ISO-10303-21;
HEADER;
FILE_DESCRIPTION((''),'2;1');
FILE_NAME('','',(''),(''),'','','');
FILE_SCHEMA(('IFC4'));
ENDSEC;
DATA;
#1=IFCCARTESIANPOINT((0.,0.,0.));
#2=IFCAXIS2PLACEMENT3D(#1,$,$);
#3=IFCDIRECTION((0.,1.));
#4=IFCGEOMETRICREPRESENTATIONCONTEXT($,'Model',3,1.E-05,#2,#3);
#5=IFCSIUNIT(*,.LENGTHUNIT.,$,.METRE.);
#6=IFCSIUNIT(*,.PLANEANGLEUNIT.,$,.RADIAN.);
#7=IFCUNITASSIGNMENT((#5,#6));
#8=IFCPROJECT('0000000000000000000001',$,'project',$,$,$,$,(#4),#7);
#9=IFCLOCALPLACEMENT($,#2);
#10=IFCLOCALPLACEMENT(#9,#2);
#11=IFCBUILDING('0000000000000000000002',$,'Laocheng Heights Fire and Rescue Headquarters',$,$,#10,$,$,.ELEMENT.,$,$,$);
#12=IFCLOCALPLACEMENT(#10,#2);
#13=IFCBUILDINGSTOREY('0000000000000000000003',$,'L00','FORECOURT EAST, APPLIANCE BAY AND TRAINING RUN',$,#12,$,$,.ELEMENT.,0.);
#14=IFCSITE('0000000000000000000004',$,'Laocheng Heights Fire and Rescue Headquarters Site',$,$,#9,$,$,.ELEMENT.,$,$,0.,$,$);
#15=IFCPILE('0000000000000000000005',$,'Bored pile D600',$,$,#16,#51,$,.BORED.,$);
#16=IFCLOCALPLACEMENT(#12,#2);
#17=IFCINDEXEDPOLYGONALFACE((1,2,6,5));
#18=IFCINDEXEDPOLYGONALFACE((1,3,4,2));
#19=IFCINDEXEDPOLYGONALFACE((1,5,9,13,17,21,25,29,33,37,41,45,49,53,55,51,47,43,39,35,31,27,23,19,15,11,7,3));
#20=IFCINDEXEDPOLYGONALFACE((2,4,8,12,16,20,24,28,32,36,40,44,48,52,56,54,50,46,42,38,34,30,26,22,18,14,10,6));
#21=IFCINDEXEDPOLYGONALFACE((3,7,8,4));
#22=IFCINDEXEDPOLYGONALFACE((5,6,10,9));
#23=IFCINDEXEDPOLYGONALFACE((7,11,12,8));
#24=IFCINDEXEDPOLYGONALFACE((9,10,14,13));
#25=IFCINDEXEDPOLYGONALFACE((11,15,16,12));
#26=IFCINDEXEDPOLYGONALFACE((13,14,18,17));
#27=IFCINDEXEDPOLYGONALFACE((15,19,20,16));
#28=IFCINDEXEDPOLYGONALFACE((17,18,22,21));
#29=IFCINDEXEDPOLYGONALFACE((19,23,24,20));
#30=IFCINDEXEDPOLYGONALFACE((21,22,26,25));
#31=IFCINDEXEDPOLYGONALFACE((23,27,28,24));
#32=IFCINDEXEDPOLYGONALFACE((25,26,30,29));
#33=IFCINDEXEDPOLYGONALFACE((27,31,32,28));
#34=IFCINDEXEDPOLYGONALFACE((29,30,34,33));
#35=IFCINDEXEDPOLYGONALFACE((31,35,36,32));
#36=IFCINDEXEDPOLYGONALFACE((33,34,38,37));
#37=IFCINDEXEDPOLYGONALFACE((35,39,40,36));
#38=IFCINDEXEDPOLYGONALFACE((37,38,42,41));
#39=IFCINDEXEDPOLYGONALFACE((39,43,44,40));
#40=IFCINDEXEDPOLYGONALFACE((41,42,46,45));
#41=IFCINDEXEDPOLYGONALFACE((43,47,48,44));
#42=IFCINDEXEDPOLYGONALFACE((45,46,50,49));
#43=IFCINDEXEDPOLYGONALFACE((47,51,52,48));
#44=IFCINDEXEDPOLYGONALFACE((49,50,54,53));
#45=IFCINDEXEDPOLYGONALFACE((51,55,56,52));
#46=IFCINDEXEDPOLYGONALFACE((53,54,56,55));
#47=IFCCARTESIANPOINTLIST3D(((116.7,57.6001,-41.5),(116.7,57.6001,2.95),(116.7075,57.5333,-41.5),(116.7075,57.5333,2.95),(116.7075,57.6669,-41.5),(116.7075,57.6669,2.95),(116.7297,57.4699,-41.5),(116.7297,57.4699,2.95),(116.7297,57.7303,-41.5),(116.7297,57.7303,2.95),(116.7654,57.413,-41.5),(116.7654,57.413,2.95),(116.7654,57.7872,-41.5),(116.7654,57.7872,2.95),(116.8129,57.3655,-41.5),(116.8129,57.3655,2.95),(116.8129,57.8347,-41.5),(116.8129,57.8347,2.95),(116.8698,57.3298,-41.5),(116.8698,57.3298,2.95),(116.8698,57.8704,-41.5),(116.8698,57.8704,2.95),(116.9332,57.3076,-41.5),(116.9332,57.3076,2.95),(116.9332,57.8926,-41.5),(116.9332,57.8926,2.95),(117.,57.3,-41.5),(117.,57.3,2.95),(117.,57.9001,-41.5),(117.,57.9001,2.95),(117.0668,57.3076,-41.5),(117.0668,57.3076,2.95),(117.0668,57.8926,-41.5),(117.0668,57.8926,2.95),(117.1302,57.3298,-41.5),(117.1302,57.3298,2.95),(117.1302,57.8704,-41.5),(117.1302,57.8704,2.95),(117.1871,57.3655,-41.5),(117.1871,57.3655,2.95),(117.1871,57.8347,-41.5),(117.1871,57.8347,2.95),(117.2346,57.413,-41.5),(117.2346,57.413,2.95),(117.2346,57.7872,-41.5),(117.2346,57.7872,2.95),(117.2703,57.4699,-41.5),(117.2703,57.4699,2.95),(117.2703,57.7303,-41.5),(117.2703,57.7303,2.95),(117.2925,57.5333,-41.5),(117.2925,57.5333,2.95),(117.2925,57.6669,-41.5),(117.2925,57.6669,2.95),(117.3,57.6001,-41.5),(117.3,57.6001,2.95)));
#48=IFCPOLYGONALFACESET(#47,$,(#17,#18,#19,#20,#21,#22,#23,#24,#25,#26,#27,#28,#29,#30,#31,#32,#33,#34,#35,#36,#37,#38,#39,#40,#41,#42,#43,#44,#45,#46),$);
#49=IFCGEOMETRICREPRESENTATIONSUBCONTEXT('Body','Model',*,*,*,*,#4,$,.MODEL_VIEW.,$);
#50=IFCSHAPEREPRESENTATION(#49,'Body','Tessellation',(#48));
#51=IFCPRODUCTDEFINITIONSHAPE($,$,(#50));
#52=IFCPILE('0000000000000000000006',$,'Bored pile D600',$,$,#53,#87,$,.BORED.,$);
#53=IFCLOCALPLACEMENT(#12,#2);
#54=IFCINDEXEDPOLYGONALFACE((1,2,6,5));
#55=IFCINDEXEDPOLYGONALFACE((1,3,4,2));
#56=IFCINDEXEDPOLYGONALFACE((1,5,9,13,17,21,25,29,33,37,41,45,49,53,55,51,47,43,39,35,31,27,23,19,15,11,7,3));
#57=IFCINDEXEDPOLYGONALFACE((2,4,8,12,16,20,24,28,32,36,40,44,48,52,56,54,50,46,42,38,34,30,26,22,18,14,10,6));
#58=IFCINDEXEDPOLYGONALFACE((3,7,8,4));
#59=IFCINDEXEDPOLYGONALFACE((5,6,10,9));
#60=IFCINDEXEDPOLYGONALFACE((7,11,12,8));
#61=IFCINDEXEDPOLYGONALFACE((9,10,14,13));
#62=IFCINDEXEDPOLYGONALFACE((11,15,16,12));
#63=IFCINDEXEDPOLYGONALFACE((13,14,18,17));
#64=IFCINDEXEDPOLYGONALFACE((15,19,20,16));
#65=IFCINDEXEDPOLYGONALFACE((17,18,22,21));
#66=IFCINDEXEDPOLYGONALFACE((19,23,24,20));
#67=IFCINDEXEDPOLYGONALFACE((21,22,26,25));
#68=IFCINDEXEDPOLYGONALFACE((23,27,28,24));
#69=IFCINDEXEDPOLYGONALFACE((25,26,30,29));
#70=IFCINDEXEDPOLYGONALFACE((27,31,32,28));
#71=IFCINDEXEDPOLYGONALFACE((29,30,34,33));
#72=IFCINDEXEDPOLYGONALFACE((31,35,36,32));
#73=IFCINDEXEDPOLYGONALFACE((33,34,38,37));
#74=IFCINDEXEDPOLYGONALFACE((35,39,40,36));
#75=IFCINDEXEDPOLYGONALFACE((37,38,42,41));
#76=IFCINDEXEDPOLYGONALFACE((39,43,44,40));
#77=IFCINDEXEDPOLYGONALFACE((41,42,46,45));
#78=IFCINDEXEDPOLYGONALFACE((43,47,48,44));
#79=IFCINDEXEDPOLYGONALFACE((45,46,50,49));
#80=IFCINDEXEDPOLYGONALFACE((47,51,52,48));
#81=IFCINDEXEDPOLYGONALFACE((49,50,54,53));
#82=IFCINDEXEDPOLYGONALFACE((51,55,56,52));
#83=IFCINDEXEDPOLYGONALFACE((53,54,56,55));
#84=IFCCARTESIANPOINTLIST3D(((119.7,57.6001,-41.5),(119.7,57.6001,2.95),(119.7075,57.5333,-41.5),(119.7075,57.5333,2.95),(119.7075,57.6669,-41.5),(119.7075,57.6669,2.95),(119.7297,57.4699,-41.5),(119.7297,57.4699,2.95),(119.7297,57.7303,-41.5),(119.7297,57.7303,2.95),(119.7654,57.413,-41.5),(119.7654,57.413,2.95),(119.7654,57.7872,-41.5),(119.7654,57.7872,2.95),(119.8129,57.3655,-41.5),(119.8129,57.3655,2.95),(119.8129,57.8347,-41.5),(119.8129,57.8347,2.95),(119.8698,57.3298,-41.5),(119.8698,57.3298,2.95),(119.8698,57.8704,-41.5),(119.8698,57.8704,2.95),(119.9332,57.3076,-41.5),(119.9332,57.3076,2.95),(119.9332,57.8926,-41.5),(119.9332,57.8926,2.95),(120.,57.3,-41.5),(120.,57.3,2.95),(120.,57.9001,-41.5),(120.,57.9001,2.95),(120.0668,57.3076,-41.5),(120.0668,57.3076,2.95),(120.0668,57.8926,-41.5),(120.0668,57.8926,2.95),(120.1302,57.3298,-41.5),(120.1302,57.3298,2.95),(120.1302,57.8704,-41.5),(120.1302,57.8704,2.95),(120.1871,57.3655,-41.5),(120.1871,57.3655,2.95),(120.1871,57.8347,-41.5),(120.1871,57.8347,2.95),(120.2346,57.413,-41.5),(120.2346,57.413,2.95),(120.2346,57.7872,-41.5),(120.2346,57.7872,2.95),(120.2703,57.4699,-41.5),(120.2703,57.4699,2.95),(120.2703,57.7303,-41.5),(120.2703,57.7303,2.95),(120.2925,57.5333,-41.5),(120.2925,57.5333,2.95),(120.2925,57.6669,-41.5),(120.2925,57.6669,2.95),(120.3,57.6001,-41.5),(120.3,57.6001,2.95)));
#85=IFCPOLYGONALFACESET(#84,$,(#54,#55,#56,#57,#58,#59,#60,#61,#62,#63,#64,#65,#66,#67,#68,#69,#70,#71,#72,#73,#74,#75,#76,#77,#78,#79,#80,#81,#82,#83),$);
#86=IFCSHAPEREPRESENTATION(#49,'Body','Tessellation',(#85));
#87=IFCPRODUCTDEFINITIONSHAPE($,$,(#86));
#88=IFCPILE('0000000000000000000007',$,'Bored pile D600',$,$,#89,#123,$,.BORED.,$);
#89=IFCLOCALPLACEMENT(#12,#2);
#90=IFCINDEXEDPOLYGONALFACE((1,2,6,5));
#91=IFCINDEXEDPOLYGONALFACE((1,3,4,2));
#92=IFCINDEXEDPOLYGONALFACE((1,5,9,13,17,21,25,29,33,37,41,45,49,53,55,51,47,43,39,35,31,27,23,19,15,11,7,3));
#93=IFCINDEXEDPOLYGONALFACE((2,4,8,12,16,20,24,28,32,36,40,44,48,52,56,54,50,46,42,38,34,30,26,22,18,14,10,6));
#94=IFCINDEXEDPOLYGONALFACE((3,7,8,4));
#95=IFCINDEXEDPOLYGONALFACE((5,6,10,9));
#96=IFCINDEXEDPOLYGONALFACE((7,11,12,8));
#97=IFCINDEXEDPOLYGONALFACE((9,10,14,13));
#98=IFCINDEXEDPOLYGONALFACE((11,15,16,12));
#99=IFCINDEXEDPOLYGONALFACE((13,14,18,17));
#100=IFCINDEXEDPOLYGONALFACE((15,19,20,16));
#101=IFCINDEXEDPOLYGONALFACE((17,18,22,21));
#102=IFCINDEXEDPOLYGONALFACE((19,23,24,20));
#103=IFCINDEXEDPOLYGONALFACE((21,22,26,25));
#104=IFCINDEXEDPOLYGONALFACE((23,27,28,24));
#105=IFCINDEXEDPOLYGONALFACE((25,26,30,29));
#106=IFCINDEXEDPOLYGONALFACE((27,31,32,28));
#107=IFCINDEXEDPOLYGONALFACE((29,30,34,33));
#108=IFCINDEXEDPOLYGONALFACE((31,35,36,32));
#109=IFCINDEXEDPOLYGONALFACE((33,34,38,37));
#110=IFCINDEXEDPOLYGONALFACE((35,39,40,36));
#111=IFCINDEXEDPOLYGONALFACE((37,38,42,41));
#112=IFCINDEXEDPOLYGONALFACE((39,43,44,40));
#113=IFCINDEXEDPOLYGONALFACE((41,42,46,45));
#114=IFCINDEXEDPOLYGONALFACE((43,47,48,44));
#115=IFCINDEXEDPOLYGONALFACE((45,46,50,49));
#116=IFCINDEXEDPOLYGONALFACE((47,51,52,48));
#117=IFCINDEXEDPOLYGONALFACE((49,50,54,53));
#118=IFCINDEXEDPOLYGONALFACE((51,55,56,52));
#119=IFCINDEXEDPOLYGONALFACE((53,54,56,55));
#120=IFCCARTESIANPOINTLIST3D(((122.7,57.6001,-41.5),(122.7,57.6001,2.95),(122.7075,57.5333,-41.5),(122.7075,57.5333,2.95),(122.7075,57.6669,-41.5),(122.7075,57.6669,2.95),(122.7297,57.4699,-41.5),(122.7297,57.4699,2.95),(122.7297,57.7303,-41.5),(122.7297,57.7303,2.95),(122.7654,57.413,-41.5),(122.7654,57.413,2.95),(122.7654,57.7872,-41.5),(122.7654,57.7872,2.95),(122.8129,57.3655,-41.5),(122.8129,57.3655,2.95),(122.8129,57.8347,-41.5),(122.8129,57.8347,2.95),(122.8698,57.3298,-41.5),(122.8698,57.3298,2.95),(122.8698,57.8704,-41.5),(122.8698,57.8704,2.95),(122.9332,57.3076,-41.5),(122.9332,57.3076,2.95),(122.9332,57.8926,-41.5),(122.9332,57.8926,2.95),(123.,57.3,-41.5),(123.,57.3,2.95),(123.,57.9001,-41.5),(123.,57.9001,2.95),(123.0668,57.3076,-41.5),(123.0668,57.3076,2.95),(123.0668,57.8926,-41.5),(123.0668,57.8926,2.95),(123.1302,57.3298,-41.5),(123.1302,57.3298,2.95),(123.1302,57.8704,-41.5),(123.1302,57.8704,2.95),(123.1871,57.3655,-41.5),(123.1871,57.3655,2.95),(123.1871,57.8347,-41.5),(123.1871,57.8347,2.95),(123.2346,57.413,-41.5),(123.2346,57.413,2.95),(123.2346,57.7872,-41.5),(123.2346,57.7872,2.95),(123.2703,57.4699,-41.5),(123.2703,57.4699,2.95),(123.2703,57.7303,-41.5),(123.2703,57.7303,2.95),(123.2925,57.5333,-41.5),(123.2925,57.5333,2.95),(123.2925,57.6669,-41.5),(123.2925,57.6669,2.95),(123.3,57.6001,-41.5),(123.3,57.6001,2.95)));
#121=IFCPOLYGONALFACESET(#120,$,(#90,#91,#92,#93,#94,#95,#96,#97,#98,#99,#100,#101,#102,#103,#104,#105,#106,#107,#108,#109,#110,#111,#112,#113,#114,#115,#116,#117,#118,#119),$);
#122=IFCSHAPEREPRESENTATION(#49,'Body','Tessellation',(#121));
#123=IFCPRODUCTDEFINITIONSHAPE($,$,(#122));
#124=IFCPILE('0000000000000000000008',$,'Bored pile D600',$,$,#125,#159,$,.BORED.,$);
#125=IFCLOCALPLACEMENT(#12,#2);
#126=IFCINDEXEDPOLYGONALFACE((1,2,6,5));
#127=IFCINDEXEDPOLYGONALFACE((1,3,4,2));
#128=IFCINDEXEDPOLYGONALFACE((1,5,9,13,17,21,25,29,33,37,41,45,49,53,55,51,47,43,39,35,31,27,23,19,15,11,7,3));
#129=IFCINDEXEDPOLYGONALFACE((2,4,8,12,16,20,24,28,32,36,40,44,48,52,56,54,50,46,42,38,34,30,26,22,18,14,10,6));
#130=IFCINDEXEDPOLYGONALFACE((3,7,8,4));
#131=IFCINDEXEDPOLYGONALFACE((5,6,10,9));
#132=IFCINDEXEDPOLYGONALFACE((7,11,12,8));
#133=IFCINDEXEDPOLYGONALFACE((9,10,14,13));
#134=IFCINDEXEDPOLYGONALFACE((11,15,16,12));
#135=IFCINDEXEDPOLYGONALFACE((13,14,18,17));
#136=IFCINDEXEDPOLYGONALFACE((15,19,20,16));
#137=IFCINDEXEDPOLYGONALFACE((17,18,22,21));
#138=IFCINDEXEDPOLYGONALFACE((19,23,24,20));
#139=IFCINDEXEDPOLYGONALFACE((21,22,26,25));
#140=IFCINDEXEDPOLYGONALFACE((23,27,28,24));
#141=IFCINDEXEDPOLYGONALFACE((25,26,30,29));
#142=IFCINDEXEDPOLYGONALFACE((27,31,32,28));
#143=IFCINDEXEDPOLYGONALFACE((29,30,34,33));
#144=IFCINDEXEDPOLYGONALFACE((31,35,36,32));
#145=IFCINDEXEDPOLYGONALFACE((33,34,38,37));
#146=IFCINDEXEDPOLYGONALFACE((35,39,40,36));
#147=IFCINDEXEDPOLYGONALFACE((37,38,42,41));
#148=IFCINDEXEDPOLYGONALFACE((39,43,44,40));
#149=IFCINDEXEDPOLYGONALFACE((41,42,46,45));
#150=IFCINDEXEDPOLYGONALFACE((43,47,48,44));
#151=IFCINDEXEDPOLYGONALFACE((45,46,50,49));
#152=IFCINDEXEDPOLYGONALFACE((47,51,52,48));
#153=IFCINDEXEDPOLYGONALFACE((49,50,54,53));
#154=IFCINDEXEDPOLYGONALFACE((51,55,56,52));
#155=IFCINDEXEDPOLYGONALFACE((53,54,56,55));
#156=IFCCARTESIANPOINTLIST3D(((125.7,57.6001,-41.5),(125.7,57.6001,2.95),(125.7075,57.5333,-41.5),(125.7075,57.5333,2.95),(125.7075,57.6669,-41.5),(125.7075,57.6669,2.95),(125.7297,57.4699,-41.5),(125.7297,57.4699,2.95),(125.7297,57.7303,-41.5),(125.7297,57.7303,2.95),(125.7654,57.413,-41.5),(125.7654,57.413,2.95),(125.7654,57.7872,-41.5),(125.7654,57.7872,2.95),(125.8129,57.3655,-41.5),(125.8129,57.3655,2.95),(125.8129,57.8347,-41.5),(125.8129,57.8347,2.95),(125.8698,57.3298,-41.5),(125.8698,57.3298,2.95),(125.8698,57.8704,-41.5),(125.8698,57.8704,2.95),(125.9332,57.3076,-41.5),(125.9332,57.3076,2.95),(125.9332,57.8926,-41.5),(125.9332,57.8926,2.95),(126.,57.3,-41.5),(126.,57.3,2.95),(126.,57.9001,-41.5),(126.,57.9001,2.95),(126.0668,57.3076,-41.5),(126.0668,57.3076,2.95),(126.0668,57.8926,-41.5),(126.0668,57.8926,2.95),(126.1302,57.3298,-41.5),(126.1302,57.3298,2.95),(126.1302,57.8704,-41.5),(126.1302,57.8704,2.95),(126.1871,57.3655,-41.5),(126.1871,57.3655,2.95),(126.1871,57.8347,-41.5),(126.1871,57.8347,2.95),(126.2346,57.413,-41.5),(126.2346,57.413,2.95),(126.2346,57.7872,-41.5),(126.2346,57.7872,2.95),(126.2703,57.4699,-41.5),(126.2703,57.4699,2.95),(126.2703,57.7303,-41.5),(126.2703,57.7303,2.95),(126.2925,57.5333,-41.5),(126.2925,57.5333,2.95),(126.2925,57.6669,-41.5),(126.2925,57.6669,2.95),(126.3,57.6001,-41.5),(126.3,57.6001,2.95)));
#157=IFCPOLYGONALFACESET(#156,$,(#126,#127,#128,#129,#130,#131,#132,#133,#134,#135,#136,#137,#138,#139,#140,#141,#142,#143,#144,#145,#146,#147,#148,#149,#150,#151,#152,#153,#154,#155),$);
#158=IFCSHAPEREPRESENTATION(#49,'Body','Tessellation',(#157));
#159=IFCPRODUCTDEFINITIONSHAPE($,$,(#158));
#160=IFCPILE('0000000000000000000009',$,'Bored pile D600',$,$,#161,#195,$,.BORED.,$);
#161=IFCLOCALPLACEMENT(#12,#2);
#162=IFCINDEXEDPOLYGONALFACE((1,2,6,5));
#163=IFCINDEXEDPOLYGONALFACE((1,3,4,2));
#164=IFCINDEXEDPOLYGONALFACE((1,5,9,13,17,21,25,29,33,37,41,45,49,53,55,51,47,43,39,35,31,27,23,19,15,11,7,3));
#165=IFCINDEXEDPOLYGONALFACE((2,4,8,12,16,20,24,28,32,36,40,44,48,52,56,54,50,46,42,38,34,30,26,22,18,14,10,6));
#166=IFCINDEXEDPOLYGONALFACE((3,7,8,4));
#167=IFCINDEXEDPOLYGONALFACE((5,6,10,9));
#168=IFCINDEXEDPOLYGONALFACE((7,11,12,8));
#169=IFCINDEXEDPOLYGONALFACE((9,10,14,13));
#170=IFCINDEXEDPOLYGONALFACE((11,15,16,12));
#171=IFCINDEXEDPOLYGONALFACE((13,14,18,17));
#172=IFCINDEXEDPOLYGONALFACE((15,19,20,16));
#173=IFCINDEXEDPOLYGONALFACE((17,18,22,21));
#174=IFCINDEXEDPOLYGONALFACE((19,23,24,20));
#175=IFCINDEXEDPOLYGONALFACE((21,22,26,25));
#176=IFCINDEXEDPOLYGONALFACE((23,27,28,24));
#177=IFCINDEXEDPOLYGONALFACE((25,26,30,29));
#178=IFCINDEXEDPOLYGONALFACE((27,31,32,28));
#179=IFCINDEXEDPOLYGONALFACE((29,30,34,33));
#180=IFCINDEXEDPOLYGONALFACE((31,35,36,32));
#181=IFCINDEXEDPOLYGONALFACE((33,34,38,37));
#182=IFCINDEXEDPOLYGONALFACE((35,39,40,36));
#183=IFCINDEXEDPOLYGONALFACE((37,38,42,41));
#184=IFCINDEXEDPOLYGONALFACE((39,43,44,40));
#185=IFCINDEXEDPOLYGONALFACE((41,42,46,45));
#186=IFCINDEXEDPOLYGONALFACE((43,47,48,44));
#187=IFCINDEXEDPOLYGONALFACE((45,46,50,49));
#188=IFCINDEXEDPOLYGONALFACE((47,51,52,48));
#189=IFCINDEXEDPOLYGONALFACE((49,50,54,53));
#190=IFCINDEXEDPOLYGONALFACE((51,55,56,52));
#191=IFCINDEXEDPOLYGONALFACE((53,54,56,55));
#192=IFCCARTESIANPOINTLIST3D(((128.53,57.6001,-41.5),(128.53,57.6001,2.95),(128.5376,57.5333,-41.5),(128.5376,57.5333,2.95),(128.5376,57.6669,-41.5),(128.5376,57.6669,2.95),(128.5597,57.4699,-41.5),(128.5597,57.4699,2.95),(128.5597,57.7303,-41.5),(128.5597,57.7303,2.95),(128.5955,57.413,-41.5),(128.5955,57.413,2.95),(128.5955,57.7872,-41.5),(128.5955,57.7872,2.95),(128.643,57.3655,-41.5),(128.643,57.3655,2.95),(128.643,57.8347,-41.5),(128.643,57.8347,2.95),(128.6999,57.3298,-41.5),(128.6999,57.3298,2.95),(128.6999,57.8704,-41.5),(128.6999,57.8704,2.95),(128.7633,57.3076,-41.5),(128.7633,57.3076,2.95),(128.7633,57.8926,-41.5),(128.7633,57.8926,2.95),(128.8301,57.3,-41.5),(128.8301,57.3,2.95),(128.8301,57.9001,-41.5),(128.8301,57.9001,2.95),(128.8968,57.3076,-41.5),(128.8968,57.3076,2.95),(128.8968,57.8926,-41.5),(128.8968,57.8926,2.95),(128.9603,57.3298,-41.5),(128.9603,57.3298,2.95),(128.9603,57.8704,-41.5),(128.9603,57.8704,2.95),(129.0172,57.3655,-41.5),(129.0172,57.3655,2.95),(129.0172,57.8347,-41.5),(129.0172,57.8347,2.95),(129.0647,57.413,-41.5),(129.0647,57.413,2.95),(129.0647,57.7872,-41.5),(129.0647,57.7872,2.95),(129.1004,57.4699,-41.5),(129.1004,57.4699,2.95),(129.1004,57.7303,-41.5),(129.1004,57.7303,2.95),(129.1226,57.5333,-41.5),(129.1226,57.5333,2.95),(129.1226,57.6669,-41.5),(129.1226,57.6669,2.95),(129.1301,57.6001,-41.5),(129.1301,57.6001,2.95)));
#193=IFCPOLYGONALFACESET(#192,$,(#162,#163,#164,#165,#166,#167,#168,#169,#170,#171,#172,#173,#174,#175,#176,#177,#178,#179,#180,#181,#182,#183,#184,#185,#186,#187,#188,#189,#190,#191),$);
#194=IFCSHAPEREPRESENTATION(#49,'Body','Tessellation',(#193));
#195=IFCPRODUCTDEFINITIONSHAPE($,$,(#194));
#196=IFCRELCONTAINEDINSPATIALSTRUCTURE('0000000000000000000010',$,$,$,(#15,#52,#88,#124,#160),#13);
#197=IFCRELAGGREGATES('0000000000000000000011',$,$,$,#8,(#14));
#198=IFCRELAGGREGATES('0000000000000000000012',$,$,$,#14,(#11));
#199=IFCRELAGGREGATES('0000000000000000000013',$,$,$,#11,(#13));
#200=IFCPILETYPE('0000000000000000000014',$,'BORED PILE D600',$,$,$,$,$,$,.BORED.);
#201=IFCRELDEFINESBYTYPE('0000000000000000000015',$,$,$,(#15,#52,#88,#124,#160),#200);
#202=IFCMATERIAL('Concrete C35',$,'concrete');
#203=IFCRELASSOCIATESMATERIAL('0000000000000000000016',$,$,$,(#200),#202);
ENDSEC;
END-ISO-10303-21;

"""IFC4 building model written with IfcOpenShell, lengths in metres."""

from ifc_helpers import new_model, si_unit, direction, frame, origin, origin_2d, place, context, subcontext, project, spatial, circle, extrude, material, material_profile, profile_set, type_object, element, save


model = new_model("IFC4")

# Units and contexts
model_context = context("Model", 3, precision=1e-05, world=origin(), true_north=direction((0.0, 1.0)))
body_context = subcontext(model_context, "Body", "Model", "MODEL_VIEW")
ifc_project = project(units=[si_unit("LENGTHUNIT", "METRE"), si_unit("PLANEANGLEUNIT", "RADIAN")], contexts=[model_context])

# Site, building, storey
site_placement = place(None, origin())
site = spatial("IfcSite", under=ifc_project, at=site_placement, Name="Laocheng Heights Fire and Rescue Headquarters Site", CompositionType="ELEMENT", RefElevation=0.0)
building_placement = place(site_placement, origin())
building = spatial("IfcBuilding", under=site, at=building_placement, Name="Laocheng Heights Fire and Rescue Headquarters", CompositionType="ELEMENT")
storey_placement = place(building_placement, origin())
storey = spatial("IfcBuildingStorey", under=building, at=storey_placement, Name="L00", Description="FORECOURT EAST, APPLIANCE BAY AND TRAINING RUN", CompositionType="ELEMENT", Elevation=0.0)

# Piles
ifc_material_1 = material(Name="Concrete C35", Category="concrete")
ifc_material_profile_1 = material_profile(ifc_material_1, circle(Radius=0.3, at=origin_2d()), Name="BORED PILE D600")
ifc_profile_set_1 = profile_set([ifc_material_profile_1], Name="Concrete C35")
pile_type_1 = type_object("IfcPileType", Name="BORED PILE D600", PredefinedType="BORED", material=ifc_profile_set_1)
for number, where, z_axis, x_axis, name in (
    (1, (117.0, 57.6001, 2.95), (0.0, 0.0, -1.0), (1.0, 0.0, 0.0), "Bored pile D600"),
    (2, (120.0, 57.6001, 2.95), (0.0, 0.0, -1.0), (1.0, 0.0, 0.0), "Bored pile D600"),
    (3, (123.0, 57.6001, 2.95), (0.0, 0.0, -1.0), (1.0, 0.0, 0.0), "Bored pile D600"),
    (4, (126.0, 57.6001, 2.95), (0.0, 0.0, -1.0), (1.0, 0.0, 0.0), "Bored pile D600"),
    (5, (128.8301, 57.6001, 2.95), (0.0, 0.0, -1.0), (1.0, 0.0, 0.0), "Bored pile D600"),
):
    element("IfcPile", number, at=place(storey_placement, frame(where, z_axis=z_axis, x_axis=x_axis)), inside=storey, type_object=pile_type_1, Name=name, PredefinedType="BORED", context=body_context, shape_type="SweptSolid", body=[
        extrude(circle(Radius=0.3, at=origin_2d()), origin(), (0.0, 0.0, 1.0), 44.45),
    ])

save(model, "model.ifc")
